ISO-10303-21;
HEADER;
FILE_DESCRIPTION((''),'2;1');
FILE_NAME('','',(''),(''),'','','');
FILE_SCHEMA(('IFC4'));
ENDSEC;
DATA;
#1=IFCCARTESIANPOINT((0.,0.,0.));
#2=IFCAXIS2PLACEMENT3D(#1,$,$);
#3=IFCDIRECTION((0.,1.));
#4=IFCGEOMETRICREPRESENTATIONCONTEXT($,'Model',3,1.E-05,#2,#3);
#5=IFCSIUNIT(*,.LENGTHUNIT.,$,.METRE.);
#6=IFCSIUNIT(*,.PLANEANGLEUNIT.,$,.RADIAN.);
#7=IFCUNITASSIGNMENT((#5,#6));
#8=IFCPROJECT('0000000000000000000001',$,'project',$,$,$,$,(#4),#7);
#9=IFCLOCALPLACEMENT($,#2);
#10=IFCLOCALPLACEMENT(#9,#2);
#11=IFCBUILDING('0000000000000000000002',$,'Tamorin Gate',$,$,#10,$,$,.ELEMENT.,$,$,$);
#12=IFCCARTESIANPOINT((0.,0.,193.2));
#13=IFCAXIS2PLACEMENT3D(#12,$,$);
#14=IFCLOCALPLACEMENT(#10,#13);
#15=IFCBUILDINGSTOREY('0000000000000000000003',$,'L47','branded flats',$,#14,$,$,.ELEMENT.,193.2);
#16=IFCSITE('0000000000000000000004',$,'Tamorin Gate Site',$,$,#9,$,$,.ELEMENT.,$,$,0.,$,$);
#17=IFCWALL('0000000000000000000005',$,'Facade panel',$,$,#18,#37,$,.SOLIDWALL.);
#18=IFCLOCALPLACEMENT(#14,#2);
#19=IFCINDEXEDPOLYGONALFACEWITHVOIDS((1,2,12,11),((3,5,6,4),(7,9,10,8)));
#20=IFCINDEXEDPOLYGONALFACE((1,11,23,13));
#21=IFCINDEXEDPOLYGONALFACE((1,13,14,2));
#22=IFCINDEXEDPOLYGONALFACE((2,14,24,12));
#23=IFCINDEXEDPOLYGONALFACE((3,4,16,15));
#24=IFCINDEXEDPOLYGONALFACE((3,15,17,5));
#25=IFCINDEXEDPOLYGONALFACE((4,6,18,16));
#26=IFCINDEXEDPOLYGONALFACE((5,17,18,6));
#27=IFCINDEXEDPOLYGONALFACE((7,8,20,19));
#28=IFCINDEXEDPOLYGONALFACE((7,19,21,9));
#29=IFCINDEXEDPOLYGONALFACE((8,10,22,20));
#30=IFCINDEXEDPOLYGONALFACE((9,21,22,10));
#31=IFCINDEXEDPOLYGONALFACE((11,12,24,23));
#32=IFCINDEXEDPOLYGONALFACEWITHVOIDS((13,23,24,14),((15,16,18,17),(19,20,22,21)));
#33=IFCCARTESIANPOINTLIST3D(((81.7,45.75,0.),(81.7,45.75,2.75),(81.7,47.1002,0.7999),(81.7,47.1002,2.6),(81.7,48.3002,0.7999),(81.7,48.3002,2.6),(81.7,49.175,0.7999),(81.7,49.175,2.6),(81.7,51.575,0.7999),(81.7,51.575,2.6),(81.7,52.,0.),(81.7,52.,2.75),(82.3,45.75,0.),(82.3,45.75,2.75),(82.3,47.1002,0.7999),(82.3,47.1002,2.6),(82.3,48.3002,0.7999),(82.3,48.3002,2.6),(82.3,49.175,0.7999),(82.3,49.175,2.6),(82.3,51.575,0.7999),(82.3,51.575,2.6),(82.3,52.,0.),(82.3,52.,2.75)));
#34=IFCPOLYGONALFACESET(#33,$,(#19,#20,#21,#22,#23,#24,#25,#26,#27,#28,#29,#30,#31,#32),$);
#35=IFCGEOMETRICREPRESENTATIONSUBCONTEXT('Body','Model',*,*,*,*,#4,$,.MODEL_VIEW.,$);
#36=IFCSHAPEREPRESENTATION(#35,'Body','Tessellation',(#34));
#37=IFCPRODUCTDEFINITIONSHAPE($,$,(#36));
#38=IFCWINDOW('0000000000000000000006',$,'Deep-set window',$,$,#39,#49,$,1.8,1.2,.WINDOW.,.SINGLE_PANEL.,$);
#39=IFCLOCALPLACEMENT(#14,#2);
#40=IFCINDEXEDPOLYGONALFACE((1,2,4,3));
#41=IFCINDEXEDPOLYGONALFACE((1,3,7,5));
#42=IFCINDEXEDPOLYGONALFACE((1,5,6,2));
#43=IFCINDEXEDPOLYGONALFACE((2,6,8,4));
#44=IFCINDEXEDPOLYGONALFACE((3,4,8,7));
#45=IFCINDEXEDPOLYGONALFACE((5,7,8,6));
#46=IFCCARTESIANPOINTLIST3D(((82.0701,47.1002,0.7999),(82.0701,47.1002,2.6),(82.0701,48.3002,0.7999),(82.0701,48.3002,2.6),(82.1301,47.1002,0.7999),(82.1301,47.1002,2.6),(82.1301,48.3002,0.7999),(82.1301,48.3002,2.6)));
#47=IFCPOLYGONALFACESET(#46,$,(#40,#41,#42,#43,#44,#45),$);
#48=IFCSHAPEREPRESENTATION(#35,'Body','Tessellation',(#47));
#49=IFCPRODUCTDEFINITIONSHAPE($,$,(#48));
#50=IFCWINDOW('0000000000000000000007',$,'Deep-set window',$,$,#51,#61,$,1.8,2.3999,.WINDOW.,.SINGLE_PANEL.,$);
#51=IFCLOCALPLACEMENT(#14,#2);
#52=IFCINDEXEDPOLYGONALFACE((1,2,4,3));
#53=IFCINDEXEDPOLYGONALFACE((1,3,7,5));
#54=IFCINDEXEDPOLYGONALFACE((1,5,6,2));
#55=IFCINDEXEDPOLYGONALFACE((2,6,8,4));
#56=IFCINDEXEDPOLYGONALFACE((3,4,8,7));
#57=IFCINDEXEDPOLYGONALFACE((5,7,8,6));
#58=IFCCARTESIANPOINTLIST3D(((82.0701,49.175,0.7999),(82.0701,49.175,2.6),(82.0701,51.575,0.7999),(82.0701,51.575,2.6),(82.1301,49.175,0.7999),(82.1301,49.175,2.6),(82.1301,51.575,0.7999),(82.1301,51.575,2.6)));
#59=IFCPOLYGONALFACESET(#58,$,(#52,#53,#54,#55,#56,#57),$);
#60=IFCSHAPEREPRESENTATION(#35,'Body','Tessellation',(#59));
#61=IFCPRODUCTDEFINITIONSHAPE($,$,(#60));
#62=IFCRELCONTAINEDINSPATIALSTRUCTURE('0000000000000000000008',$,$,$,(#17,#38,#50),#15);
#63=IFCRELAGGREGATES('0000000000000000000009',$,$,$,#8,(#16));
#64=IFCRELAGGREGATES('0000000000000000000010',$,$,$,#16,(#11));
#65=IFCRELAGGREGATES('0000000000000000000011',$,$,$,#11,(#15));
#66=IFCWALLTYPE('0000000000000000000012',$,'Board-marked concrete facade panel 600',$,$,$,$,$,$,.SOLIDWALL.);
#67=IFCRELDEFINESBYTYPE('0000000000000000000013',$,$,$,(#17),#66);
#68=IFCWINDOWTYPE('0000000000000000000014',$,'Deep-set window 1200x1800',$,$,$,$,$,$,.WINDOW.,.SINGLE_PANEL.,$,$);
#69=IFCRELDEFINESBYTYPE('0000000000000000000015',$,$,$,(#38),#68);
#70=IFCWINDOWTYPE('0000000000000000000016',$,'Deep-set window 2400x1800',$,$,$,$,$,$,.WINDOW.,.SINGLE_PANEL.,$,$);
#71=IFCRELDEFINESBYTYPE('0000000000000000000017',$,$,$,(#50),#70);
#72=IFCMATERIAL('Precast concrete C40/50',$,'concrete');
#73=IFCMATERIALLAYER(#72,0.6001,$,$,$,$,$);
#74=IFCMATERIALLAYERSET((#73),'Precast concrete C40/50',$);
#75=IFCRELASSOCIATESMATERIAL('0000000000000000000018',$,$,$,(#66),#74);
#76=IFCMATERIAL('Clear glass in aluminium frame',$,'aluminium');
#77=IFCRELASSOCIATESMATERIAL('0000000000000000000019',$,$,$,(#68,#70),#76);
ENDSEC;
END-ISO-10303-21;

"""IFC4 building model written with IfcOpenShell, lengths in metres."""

from ifc_helpers import new_model, si_unit, direction, frame, frame_2d, origin, place, context, subcontext, project, spatial, rectangle, extrude, material, layer, layer_set, type_object, element, fill, save


model = new_model("IFC4")

# Units and contexts
model_context = context("Model", 3, precision=1e-05, world=origin(), true_north=direction((0.0, 1.0)))
body_context = subcontext(model_context, "Body", "Model", "MODEL_VIEW")
ifc_project = project(units=[si_unit("LENGTHUNIT", "METRE"), si_unit("PLANEANGLEUNIT", "RADIAN")], contexts=[model_context])

# Site, building, storey
site_placement = place(None, origin())
site = spatial("IfcSite", under=ifc_project, at=site_placement, Name="Tamorin Gate Site", CompositionType="ELEMENT", RefElevation=0.0)
building_placement = place(site_placement, origin())
building = spatial("IfcBuilding", under=site, at=building_placement, Name="Tamorin Gate", CompositionType="ELEMENT")
storey_placement = place(building_placement, frame((0.0, 0.0, 193.2)))
storey = spatial("IfcBuildingStorey", under=building, at=storey_placement, Name="L47", Description="branded flats", CompositionType="ELEMENT", Elevation=193.2)

# Shared definitions
ifc_material_1 = material(Name="Precast concrete C40/50", Category="concrete")
ifc_layer = layer(ifc_material_1, 0.6001)
ifc_layer_set = layer_set([ifc_layer], Name="Precast concrete C40/50")
wall_type = type_object("IfcWallType", Name="Board-marked concrete facade panel 600", PredefinedType="SOLIDWALL", material=ifc_layer_set)
ifc_material_2 = material(Name="Clear glass in aluminium frame", Category="aluminium")
window_type_1 = type_object("IfcWindowType", Name="Deep-set window 1200x1800", PartitioningType="SINGLE_PANEL", PredefinedType="WINDOW", material=ifc_material_2)
window_type_2 = type_object("IfcWindowType", Name="Deep-set window 2400x1800", PartitioningType="SINGLE_PANEL", PredefinedType="WINDOW", material=ifc_material_2)

# Wall, openings, windows
wall_1_placement = place(storey_placement, frame((82.0, 45.75, 0.0), z_axis=(0.0, 0.0, 1.0), x_axis=(0.0, 1.0, 0.0)))
wall_1 = element("IfcWall", 1, at=wall_1_placement, inside=storey, type_object=wall_type, Name="Facade panel", PredefinedType="SOLIDWALL", context=body_context, shape_type="SweptSolid", body=[
    extrude(rectangle(XDim=6.25, YDim=0.6001, at=frame_2d((3.125, 0.0))), origin(), (0.0, 0.0, 1.0), 2.75),
])
opening_1_placement = place(wall_1_placement, frame((1.3501, 0.0, 0.8)))
opening_1 = element("IfcOpeningElement", 2, at=opening_1_placement, cuts=wall_1, PredefinedType="OPENING", context=body_context, shape_type="SweptSolid", body=[
    extrude(rectangle(XDim=1.2, YDim=1.8, at=frame_2d((0.6001, 0.8999))), frame((0.0, 0.3101, 0.0), z_axis=(0.0, -1.0, 0.0), x_axis=(1.0, 0.0, 0.0)), (0.0, 0.0, 1.0), 0.6201),
])
opening_2_placement = place(wall_1_placement, frame((3.425, 0.0, 0.8)))
opening_2 = element("IfcOpeningElement", 3, at=opening_2_placement, cuts=wall_1, PredefinedType="OPENING", context=body_context, shape_type="SweptSolid", body=[
    extrude(rectangle(XDim=2.3999, YDim=1.8, at=frame_2d((1.2, 0.8999))), frame((0.0, 0.3101, 0.0), z_axis=(0.0, -1.0, 0.0), x_axis=(1.0, 0.0, 0.0)), (0.0, 0.0, 1.0), 0.6201),
])
window_1_placement = place(opening_1_placement, origin())
window_1 = element("IfcWindow", 4, at=window_1_placement, inside=storey, type_object=window_type_1, Name="Deep-set window", OverallHeight=1.8, OverallWidth=1.2, PartitioningType="SINGLE_PANEL", PredefinedType="WINDOW", context=body_context, shape_type="SweptSolid", body=[
    extrude(rectangle(XDim=1.2, YDim=1.8, at=frame_2d((0.6001, 0.8999))), frame((0.0, -0.0701, 0.0), z_axis=(0.0, -1.0, 0.0), x_axis=(1.0, 0.0, 0.0)), (0.0, 0.0, 1.0), 0.0601),
])
fill(opening_1, window_1)
window_2_placement = place(opening_2_placement, origin())
window_2 = element("IfcWindow", 5, at=window_2_placement, inside=storey, type_object=window_type_2, Name="Deep-set window", OverallHeight=1.8, OverallWidth=2.3999, PartitioningType="SINGLE_PANEL", PredefinedType="WINDOW", context=body_context, shape_type="SweptSolid", body=[
    extrude(rectangle(XDim=2.3999, YDim=1.8, at=frame_2d((1.2, 0.8999))), frame((0.0, -0.0701, 0.0), z_axis=(0.0, -1.0, 0.0), x_axis=(1.0, 0.0, 0.0)), (0.0, 0.0, 1.0), 0.0601),
])
fill(opening_2, window_2)

save(model, "model.ifc")
